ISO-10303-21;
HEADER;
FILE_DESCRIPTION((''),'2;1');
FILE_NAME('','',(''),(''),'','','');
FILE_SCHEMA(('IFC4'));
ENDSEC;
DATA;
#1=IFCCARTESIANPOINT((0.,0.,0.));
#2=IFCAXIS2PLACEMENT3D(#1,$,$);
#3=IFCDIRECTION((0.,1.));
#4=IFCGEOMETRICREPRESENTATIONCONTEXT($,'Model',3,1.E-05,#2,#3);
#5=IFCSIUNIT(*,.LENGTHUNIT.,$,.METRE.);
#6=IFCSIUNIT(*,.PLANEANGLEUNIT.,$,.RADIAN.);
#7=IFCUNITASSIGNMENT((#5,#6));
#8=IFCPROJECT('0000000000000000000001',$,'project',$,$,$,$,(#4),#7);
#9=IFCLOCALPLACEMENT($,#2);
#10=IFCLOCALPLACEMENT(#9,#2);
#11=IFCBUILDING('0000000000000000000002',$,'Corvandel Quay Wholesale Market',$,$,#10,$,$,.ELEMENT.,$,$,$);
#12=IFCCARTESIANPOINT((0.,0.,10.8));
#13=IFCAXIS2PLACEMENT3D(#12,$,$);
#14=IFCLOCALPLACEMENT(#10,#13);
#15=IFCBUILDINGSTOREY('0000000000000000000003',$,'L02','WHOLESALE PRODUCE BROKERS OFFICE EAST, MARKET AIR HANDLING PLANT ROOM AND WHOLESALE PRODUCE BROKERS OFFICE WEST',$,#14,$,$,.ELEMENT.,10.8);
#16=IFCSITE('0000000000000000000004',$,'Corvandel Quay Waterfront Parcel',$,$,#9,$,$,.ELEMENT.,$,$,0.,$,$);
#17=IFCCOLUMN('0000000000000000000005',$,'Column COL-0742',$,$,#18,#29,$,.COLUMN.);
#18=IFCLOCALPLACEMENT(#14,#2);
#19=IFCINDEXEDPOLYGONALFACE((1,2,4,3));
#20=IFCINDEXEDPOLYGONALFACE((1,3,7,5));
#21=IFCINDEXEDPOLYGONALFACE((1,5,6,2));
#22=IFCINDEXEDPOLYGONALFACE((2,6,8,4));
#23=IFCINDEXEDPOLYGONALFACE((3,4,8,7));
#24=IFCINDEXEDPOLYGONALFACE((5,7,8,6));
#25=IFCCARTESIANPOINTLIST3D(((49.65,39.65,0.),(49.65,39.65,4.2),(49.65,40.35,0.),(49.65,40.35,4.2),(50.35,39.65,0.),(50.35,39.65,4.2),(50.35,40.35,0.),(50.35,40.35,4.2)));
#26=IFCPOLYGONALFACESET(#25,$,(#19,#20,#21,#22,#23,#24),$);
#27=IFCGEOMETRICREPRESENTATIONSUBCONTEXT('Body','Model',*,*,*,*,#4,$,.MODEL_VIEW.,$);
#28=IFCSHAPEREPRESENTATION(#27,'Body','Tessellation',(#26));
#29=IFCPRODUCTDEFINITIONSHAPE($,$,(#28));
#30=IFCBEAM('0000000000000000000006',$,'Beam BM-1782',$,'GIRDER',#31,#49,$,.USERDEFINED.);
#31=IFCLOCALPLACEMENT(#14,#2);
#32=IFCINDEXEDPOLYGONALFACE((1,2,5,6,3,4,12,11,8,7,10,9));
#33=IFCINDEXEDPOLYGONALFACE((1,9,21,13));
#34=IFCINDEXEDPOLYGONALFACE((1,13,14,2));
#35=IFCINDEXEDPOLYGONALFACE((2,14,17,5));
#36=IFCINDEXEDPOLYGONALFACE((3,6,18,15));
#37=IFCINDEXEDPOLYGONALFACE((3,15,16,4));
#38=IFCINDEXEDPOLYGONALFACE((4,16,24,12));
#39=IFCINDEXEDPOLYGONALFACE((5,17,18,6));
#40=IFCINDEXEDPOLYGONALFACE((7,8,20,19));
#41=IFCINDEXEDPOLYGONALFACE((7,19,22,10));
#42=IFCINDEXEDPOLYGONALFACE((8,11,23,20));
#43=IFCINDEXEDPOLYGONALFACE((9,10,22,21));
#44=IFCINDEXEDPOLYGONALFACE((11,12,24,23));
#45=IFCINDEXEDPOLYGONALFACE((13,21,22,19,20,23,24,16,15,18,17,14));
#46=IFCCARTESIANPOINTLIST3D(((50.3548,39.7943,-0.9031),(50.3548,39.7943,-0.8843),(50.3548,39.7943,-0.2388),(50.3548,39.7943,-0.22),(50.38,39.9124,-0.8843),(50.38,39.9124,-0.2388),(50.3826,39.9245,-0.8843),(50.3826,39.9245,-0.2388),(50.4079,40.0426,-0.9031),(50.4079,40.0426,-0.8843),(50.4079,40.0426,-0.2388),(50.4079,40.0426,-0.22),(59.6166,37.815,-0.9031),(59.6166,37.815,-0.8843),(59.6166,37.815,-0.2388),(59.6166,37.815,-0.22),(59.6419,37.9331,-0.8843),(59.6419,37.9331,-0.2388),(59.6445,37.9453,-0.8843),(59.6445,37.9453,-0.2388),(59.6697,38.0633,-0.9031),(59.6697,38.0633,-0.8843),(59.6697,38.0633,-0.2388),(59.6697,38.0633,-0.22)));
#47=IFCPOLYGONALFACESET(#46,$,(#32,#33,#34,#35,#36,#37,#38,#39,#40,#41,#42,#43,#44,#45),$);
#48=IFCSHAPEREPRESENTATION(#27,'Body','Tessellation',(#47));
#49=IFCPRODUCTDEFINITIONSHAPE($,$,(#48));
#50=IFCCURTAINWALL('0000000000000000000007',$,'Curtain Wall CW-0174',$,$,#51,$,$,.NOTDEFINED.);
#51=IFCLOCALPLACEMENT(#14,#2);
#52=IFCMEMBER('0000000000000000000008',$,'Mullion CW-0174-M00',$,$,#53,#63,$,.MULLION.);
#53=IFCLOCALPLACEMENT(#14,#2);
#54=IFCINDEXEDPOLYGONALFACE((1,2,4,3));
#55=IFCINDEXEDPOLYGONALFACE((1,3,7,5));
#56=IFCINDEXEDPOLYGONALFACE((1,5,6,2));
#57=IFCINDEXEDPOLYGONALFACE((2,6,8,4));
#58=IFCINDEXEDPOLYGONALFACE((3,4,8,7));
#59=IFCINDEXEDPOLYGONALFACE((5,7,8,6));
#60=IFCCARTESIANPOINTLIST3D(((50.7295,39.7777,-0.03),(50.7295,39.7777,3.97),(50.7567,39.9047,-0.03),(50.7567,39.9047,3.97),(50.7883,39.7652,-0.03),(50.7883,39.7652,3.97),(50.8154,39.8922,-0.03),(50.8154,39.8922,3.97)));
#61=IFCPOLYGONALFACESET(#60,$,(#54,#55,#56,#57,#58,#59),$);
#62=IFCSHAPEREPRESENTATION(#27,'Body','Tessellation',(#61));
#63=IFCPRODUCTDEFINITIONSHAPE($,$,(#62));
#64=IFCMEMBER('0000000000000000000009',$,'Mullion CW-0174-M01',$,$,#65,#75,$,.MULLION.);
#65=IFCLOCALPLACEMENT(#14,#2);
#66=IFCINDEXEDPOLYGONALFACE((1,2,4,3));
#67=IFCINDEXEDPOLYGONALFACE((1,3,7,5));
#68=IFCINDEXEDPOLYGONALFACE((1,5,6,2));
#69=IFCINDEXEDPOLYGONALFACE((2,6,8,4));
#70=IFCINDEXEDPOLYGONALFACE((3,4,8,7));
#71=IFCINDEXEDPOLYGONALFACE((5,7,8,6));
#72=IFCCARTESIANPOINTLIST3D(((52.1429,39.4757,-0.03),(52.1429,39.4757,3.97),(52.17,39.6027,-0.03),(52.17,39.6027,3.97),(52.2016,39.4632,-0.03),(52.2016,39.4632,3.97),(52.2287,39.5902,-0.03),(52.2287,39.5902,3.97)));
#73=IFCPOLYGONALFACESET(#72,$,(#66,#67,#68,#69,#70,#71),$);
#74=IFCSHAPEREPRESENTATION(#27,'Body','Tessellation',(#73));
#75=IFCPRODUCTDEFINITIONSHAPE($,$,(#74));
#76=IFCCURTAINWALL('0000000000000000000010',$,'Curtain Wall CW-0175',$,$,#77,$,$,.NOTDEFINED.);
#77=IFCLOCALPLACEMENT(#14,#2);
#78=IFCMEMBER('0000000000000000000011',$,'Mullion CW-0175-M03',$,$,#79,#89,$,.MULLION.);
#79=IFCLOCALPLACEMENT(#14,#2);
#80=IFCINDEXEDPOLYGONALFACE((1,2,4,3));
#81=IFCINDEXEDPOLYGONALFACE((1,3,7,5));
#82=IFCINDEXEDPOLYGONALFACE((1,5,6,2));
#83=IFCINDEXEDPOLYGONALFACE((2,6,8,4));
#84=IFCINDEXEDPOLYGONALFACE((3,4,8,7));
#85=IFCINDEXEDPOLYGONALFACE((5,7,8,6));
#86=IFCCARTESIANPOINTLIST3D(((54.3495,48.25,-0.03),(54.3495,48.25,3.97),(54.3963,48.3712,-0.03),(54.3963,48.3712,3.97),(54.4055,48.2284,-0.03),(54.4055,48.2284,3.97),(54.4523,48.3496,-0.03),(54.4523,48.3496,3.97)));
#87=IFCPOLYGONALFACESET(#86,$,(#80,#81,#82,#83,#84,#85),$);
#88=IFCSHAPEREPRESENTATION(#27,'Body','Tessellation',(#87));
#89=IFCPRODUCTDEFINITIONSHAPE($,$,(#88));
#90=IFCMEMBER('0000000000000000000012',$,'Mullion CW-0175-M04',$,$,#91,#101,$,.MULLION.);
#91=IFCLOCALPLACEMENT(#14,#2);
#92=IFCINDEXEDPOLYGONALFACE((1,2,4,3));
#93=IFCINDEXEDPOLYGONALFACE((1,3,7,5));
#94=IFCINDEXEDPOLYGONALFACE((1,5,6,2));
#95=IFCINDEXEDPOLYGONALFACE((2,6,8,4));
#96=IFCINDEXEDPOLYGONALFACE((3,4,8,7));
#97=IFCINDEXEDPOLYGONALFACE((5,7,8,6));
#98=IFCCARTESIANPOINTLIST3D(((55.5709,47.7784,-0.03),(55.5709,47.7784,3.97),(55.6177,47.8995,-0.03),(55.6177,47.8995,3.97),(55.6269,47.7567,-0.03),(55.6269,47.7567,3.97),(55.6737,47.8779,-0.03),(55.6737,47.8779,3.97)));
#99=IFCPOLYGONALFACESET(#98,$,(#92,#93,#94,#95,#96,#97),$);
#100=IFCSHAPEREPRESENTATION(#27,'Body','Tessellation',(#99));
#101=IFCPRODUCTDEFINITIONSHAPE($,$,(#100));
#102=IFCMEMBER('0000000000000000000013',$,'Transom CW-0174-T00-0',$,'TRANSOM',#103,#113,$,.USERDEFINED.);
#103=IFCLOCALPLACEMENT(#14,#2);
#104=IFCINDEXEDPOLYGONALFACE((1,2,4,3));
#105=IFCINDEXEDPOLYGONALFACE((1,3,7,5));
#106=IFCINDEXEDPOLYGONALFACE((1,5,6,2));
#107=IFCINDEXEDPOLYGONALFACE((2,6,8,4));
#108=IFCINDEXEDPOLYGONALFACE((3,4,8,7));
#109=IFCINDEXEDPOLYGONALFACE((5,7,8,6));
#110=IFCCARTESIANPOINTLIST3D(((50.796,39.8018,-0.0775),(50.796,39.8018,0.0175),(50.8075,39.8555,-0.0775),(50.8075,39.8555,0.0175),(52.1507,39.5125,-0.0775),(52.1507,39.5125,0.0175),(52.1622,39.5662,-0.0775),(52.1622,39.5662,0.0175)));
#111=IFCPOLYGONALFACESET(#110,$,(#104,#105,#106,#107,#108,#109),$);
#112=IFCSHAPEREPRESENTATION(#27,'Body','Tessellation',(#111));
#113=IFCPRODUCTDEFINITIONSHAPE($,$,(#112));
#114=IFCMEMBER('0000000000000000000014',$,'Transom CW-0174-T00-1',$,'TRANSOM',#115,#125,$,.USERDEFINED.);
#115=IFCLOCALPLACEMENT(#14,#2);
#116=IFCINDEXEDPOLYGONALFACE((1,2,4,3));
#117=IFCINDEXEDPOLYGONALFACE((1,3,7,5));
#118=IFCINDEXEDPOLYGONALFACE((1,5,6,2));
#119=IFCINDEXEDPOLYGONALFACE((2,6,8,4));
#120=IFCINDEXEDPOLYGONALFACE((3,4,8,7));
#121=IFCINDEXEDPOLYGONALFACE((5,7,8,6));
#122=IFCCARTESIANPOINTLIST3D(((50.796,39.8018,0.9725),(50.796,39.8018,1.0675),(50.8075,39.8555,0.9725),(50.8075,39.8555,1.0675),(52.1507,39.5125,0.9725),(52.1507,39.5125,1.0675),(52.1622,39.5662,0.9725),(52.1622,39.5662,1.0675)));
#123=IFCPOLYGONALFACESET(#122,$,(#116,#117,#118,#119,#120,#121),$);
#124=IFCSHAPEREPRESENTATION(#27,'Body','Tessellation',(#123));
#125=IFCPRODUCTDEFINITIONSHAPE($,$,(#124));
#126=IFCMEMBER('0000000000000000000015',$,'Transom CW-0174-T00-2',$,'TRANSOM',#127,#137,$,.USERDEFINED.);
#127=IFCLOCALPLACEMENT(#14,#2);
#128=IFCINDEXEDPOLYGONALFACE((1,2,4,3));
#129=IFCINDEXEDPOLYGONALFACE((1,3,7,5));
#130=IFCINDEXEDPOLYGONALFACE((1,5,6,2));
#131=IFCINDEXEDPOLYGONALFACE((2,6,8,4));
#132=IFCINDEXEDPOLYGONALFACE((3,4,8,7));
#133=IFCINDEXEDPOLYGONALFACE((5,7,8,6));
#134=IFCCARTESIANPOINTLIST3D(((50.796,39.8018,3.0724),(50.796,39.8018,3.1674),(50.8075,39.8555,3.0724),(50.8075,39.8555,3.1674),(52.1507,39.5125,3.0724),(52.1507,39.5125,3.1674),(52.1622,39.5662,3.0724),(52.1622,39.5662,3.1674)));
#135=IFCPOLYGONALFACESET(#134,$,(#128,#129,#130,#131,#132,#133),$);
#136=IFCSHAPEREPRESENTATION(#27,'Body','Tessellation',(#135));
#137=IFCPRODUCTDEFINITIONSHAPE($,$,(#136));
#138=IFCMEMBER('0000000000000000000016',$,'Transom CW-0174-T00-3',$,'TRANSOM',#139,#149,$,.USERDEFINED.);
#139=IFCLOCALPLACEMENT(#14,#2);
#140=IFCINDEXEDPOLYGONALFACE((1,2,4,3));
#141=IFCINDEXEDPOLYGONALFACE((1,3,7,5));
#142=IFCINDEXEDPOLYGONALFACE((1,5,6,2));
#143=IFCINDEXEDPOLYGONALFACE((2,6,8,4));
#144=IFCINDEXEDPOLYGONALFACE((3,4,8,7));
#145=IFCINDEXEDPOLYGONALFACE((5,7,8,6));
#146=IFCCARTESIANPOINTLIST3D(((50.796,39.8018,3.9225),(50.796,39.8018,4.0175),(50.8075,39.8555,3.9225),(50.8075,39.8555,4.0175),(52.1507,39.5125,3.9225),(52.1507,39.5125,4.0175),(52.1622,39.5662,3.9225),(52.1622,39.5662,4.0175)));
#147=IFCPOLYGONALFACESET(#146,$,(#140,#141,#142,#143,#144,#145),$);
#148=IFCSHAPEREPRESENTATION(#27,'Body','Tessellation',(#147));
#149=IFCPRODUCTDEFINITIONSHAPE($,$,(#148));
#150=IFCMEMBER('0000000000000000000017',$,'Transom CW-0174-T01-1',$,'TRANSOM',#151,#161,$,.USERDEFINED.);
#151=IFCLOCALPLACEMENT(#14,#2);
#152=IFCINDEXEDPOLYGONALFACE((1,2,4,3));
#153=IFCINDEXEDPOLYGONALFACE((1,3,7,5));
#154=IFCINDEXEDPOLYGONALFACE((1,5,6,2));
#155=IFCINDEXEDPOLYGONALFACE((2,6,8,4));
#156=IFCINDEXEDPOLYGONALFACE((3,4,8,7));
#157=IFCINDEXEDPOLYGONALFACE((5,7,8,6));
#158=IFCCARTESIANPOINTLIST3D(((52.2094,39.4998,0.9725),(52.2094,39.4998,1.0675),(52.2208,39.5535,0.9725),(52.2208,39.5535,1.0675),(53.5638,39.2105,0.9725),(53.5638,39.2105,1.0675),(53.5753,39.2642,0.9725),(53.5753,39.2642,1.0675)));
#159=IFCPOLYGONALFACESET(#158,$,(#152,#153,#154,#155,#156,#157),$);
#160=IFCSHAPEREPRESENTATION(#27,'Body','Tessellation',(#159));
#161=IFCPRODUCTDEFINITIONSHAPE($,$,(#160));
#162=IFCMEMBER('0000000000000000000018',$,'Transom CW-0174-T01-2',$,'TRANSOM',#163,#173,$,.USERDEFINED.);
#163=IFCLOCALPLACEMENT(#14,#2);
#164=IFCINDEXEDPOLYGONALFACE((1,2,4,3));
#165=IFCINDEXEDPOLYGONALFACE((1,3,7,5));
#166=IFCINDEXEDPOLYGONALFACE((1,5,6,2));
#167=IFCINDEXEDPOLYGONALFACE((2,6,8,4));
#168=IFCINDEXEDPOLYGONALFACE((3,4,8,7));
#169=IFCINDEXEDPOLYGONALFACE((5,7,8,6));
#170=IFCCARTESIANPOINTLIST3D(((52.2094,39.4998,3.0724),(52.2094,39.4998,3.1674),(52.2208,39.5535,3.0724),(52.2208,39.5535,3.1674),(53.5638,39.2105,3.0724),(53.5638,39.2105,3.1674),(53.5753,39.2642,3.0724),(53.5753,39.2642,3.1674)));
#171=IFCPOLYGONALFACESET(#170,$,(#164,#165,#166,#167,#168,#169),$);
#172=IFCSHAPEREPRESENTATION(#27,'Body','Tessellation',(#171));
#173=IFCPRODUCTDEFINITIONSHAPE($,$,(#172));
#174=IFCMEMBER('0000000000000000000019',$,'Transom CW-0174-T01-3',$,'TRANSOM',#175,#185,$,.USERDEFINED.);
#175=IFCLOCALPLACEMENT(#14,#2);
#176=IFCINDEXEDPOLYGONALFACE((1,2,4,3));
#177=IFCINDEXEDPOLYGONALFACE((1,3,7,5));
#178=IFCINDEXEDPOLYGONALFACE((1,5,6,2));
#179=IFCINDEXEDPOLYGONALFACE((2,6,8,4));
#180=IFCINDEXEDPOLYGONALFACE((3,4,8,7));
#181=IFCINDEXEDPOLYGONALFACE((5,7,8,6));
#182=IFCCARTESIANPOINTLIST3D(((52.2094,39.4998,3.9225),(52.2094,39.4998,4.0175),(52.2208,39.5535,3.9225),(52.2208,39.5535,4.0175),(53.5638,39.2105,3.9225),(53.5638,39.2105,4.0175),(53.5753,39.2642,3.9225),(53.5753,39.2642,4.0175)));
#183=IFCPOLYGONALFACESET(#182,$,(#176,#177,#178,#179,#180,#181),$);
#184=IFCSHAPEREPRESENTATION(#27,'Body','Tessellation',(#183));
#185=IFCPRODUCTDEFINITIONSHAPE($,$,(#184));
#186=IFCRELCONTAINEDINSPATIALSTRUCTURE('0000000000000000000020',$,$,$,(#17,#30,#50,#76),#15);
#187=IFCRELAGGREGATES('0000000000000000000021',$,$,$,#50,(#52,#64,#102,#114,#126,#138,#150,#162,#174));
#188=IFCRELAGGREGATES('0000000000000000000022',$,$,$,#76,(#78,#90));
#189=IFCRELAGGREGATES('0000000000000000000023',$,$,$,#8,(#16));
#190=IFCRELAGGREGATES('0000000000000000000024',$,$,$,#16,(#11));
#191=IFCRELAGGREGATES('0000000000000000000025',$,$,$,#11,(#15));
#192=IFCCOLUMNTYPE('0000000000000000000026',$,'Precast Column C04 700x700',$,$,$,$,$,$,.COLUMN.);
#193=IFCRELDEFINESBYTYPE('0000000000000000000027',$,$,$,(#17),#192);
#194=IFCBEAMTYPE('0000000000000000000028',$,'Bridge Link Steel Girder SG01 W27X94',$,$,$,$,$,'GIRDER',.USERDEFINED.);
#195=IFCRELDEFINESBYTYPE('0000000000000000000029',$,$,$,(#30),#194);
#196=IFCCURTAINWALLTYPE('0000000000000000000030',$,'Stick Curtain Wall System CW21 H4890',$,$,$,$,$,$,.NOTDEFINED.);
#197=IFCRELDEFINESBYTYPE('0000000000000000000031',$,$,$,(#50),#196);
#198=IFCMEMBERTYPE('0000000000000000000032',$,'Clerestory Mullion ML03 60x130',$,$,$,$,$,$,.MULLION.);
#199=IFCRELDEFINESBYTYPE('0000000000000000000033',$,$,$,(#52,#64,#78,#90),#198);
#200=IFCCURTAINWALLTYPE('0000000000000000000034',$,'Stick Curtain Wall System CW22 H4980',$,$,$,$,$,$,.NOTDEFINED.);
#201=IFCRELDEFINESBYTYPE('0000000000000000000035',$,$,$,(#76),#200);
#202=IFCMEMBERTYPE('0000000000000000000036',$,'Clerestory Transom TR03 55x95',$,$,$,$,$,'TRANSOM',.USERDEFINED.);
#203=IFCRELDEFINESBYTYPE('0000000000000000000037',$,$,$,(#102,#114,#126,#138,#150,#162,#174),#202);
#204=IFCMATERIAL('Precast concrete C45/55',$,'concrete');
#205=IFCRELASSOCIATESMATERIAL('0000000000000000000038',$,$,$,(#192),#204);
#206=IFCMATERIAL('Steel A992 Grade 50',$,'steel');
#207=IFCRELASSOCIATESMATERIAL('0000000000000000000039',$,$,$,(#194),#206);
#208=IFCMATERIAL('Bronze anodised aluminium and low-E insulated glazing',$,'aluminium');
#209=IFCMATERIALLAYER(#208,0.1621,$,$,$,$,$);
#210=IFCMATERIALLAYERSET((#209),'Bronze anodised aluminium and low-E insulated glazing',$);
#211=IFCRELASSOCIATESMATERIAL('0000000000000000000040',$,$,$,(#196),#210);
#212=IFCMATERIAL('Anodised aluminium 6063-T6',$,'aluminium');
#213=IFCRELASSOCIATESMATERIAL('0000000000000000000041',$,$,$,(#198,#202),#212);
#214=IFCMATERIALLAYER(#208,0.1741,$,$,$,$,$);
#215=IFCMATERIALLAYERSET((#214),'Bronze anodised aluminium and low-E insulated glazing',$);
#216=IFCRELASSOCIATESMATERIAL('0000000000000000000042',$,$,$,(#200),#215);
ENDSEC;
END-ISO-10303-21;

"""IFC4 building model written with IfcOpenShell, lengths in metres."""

from ifc_helpers import new_model, si_unit, direction, frame, origin, origin_2d, place, context, subcontext, project, spatial, rectangle, i_section, extrude, material, layer, layer_set, material_profile, profile_set, type_object, element, aggregate, save


model = new_model("IFC4")

# Units and contexts
model_context = context("Model", 3, precision=1e-05, world=origin(), true_north=direction((0.0, 1.0)))
body_context = subcontext(model_context, "Body", "Model", "MODEL_VIEW")
ifc_project = project(units=[si_unit("LENGTHUNIT", "METRE"), si_unit("PLANEANGLEUNIT", "RADIAN")], contexts=[model_context])

# Site, building, storey
site_placement = place(None, origin())
site = spatial("IfcSite", under=ifc_project, at=site_placement, Name="Corvandel Quay Waterfront Parcel", CompositionType="ELEMENT", RefElevation=0.0)
building_placement = place(site_placement, origin())
building = spatial("IfcBuilding", under=site, at=building_placement, Name="Corvandel Quay Wholesale Market", CompositionType="ELEMENT")
storey_placement = place(building_placement, frame((0.0, 0.0, 10.8)))
storey = spatial("IfcBuildingStorey", under=building, at=storey_placement, Name="L02", Description="WHOLESALE PRODUCE BROKERS OFFICE EAST, MARKET AIR HANDLING PLANT ROOM AND WHOLESALE PRODUCE BROKERS OFFICE WEST", CompositionType="ELEMENT", Elevation=10.8)

# Column
ifc_material_1 = material(Name="Precast concrete C45/55", Category="concrete")
ifc_material_profile_1 = material_profile(ifc_material_1, rectangle(XDim=0.7, YDim=0.7, at=origin_2d()), Name="PC-COL-700x700")
ifc_profile_set_1 = profile_set([ifc_material_profile_1], Name="Precast concrete C45/55")
column_type = type_object("IfcColumnType", Name="Precast Column C04 700x700", PredefinedType="COLUMN", material=ifc_profile_set_1)
column_placement = place(storey_placement, frame((50.0, 40.0, 0.0), z_axis=(0.0, 0.0, 1.0), x_axis=(1.0, 0.0, 0.0)))
element("IfcColumn", 1, at=column_placement, inside=storey, type_object=column_type, Name="Column COL-0742", PredefinedType="COLUMN", context=body_context, shape_type="SweptSolid", body=[
    extrude(rectangle(XDim=0.7, YDim=0.7, at=origin_2d()), origin(), (0.0, 0.0, 1.0), 4.2),
])

# Beam
ifc_material_2 = material(Name="Steel A992 Grade 50", Category="steel")
ifc_material_profile_2 = material_profile(ifc_material_2, i_section(OverallWidth=0.2539, OverallDepth=0.6831, WebThickness=0.0125, FlangeThickness=0.0188, at=origin_2d()), Name="W27X94")
ifc_profile_set_2 = profile_set([ifc_material_profile_2], Name="Steel A992 Grade 50")
beam_type_1 = type_object("IfcBeamType", Name="Bridge Link Steel Girder SG01 W27X94", ElementType="GIRDER", PredefinedType="USERDEFINED", material=ifc_profile_set_2)
beam_1_placement = place(storey_placement, frame((50.3813, 39.9185, -0.5615), z_axis=(0.977919, -0.208983, 0.0), x_axis=(0.208983, 0.977919, 0.0)))
element("IfcBeam", 2, at=beam_1_placement, inside=storey, type_object=beam_type_1, Name="Beam BM-1782", ObjectType="GIRDER", PredefinedType="USERDEFINED", context=body_context, shape_type="SweptSolid", body=[
    extrude(i_section(OverallWidth=0.2539, OverallDepth=0.6831, WebThickness=0.0125, FlangeThickness=0.0188, at=origin_2d()), origin(), (0.0, 0.0, 1.0), 9.4709),
])

# Curtain walls, members
ifc_material_3 = material(Name="Bronze anodised aluminium and low-E insulated glazing", Category="aluminium")
ifc_layer_1 = layer(ifc_material_3, 0.1621)
ifc_layer_set_1 = layer_set([ifc_layer_1], Name="Bronze anodised aluminium and low-E insulated glazing")
curtain_wall_type_1 = type_object("IfcCurtainWallType", Name="Stick Curtain Wall System CW21 H4890", PredefinedType="NOTDEFINED", material=ifc_layer_set_1)
curtain_wall_1_placement = place(storey_placement, origin())
curtain_wall_1 = element("IfcCurtainWall", 3, at=curtain_wall_1_placement, inside=storey, type_object=curtain_wall_type_1, Name="Curtain Wall CW-0174", PredefinedType="NOTDEFINED")
ifc_material_4 = material(Name="Anodised aluminium 6063-T6", Category="aluminium")
ifc_material_profile_3 = material_profile(ifc_material_4, rectangle(XDim=0.0601, YDim=0.1299, at=origin_2d()), Name="ALU-MUL-60x130")
ifc_profile_set_3 = profile_set([ifc_material_profile_3], Name="Anodised aluminium 6063-T6")
member_type_1 = type_object("IfcMemberType", Name="Clerestory Mullion ML03 60x130", PredefinedType="MULLION", material=ifc_profile_set_3)
member_1_placement = place(storey_placement, frame((50.7725, 39.835, -0.03), z_axis=(0.0, 0.0, 1.0), x_axis=(-0.977929, 0.208936, 0.0)))
member_1 = element("IfcMember", 4, at=member_1_placement, type_object=member_type_1, Name="Mullion CW-0174-M00", PredefinedType="MULLION", context=body_context, shape_type="SweptSolid", body=[
    extrude(rectangle(XDim=0.0601, YDim=0.1299, at=origin_2d()), origin(), (0.0, 0.0, 1.0), 4.0),
])
member_2_placement = place(storey_placement, frame((52.1858, 39.533, -0.03), z_axis=(0.0, 0.0, 1.0), x_axis=(-0.977929, 0.208936, 0.0)))
member_2 = element("IfcMember", 5, at=member_2_placement, type_object=member_type_1, Name="Mullion CW-0174-M01", PredefinedType="MULLION", context=body_context, shape_type="SweptSolid", body=[
    extrude(rectangle(XDim=0.0601, YDim=0.1299, at=origin_2d()), origin(), (0.0, 0.0, 1.0), 4.0),
])
ifc_layer_2 = layer(ifc_material_3, 0.1741)
ifc_layer_set_2 = layer_set([ifc_layer_2], Name="Bronze anodised aluminium and low-E insulated glazing")
curtain_wall_type_2 = type_object("IfcCurtainWallType", Name="Stick Curtain Wall System CW22 H4980", PredefinedType="NOTDEFINED", material=ifc_layer_set_2)
curtain_wall_2_placement = place(storey_placement, origin())
curtain_wall_2 = element("IfcCurtainWall", 6, at=curtain_wall_2_placement, inside=storey, type_object=curtain_wall_type_2, Name="Curtain Wall CW-0175", PredefinedType="NOTDEFINED")
member_3_placement = place(storey_placement, frame((54.4009, 48.2998, -0.03), z_axis=(0.0, 0.0, 1.0), x_axis=(-0.932828, 0.360322, 0.0)))
member_3 = element("IfcMember", 7, at=member_3_placement, type_object=member_type_1, Name="Mullion CW-0175-M03", PredefinedType="MULLION", context=body_context, shape_type="SweptSolid", body=[
    extrude(rectangle(XDim=0.0601, YDim=0.1299, at=origin_2d()), origin(), (0.0, 0.0, 1.0), 4.0),
])
member_4_placement = place(storey_placement, frame((55.6223, 47.8281, -0.03), z_axis=(0.0, 0.0, 1.0), x_axis=(-0.932828, 0.360322, 0.0)))
member_4 = element("IfcMember", 8, at=member_4_placement, type_object=member_type_1, Name="Mullion CW-0175-M04", PredefinedType="MULLION", context=body_context, shape_type="SweptSolid", body=[
    extrude(rectangle(XDim=0.0601, YDim=0.1299, at=origin_2d()), origin(), (0.0, 0.0, 1.0), 4.0),
])

# Members
ifc_material_profile_4 = material_profile(ifc_material_4, rectangle(XDim=0.0549, YDim=0.095, at=origin_2d()), Name="ALU-TRN-55x95")
ifc_profile_set_4 = profile_set([ifc_material_profile_4], Name="Anodised aluminium 6063-T6")
member_type_2 = type_object("IfcMemberType", Name="Clerestory Transom TR03 55x95", ElementType="TRANSOM", PredefinedType="USERDEFINED", material=ifc_profile_set_4)
member_5_placement = place(storey_placement, frame((50.8018, 39.8286, -0.03), z_axis=(0.977949, -0.208843, 0.0), x_axis=(0.208843, 0.977949, 0.0)))
member_5 = element("IfcMember", 9, at=member_5_placement, type_object=member_type_2, Name="Transom CW-0174-T00-0", ObjectType="TRANSOM", PredefinedType="USERDEFINED", context=body_context, shape_type="SweptSolid", body=[
    extrude(rectangle(XDim=0.0549, YDim=0.095, at=origin_2d()), origin(), (0.0, 0.0, 1.0), 1.3853),
])
member_6_placement = place(storey_placement, frame((50.8018, 39.8286, 1.02), z_axis=(0.977949, -0.208843, 0.0), x_axis=(0.208843, 0.977949, 0.0)))
member_6 = element("IfcMember", 10, at=member_6_placement, type_object=member_type_2, Name="Transom CW-0174-T00-1", ObjectType="TRANSOM", PredefinedType="USERDEFINED", context=body_context, shape_type="SweptSolid", body=[
    extrude(rectangle(XDim=0.0549, YDim=0.095, at=origin_2d()), origin(), (0.0, 0.0, 1.0), 1.3853),
])
member_7_placement = place(storey_placement, frame((50.8018, 39.8286, 3.1199), z_axis=(0.977949, -0.208843, 0.0), x_axis=(0.208843, 0.977949, 0.0)))
member_7 = element("IfcMember", 11, at=member_7_placement, type_object=member_type_2, Name="Transom CW-0174-T00-2", ObjectType="TRANSOM", PredefinedType="USERDEFINED", context=body_context, shape_type="SweptSolid", body=[
    extrude(rectangle(XDim=0.0549, YDim=0.095, at=origin_2d()), origin(), (0.0, 0.0, 1.0), 1.3853),
])
member_8_placement = place(storey_placement, frame((50.8018, 39.8286, 3.97), z_axis=(0.977949, -0.208843, 0.0), x_axis=(0.208843, 0.977949, 0.0)))
member_8 = element("IfcMember", 12, at=member_8_placement, type_object=member_type_2, Name="Transom CW-0174-T00-3", ObjectType="TRANSOM", PredefinedType="USERDEFINED", context=body_context, shape_type="SweptSolid", body=[
    extrude(rectangle(XDim=0.0549, YDim=0.095, at=origin_2d()), origin(), (0.0, 0.0, 1.0), 1.3853),
])
member_9_placement = place(storey_placement, frame((52.2151, 39.5266, 1.02), z_axis=(0.977941, -0.208879, 0.0), x_axis=(0.208879, 0.977941, 0.0)))
member_9 = element("IfcMember", 13, at=member_9_placement, type_object=member_type_2, Name="Transom CW-0174-T01-1", ObjectType="TRANSOM", PredefinedType="USERDEFINED", context=body_context, shape_type="SweptSolid", body=[
    extrude(rectangle(XDim=0.0549, YDim=0.095, at=origin_2d()), origin(), (0.0, 0.0, 1.0), 1.385),
])
member_10_placement = place(storey_placement, frame((52.2151, 39.5266, 3.1199), z_axis=(0.977941, -0.208879, 0.0), x_axis=(0.208879, 0.977941, 0.0)))
member_10 = element("IfcMember", 14, at=member_10_placement, type_object=member_type_2, Name="Transom CW-0174-T01-2", ObjectType="TRANSOM", PredefinedType="USERDEFINED", context=body_context, shape_type="SweptSolid", body=[
    extrude(rectangle(XDim=0.0549, YDim=0.095, at=origin_2d()), origin(), (0.0, 0.0, 1.0), 1.385),
])
member_11_placement = place(storey_placement, frame((52.2151, 39.5266, 3.97), z_axis=(0.977941, -0.208879, 0.0), x_axis=(0.208879, 0.977941, 0.0)))
member_11 = element("IfcMember", 15, at=member_11_placement, type_object=member_type_2, Name="Transom CW-0174-T01-3", ObjectType="TRANSOM", PredefinedType="USERDEFINED", context=body_context, shape_type="SweptSolid", body=[
    extrude(rectangle(XDim=0.0549, YDim=0.095, at=origin_2d()), origin(), (0.0, 0.0, 1.0), 1.385),
])

aggregate(curtain_wall_1, [member_1, member_2, member_5, member_6, member_7, member_8, member_9, member_10, member_11])
aggregate(curtain_wall_2, [member_3, member_4])

save(model, "model.ifc")
